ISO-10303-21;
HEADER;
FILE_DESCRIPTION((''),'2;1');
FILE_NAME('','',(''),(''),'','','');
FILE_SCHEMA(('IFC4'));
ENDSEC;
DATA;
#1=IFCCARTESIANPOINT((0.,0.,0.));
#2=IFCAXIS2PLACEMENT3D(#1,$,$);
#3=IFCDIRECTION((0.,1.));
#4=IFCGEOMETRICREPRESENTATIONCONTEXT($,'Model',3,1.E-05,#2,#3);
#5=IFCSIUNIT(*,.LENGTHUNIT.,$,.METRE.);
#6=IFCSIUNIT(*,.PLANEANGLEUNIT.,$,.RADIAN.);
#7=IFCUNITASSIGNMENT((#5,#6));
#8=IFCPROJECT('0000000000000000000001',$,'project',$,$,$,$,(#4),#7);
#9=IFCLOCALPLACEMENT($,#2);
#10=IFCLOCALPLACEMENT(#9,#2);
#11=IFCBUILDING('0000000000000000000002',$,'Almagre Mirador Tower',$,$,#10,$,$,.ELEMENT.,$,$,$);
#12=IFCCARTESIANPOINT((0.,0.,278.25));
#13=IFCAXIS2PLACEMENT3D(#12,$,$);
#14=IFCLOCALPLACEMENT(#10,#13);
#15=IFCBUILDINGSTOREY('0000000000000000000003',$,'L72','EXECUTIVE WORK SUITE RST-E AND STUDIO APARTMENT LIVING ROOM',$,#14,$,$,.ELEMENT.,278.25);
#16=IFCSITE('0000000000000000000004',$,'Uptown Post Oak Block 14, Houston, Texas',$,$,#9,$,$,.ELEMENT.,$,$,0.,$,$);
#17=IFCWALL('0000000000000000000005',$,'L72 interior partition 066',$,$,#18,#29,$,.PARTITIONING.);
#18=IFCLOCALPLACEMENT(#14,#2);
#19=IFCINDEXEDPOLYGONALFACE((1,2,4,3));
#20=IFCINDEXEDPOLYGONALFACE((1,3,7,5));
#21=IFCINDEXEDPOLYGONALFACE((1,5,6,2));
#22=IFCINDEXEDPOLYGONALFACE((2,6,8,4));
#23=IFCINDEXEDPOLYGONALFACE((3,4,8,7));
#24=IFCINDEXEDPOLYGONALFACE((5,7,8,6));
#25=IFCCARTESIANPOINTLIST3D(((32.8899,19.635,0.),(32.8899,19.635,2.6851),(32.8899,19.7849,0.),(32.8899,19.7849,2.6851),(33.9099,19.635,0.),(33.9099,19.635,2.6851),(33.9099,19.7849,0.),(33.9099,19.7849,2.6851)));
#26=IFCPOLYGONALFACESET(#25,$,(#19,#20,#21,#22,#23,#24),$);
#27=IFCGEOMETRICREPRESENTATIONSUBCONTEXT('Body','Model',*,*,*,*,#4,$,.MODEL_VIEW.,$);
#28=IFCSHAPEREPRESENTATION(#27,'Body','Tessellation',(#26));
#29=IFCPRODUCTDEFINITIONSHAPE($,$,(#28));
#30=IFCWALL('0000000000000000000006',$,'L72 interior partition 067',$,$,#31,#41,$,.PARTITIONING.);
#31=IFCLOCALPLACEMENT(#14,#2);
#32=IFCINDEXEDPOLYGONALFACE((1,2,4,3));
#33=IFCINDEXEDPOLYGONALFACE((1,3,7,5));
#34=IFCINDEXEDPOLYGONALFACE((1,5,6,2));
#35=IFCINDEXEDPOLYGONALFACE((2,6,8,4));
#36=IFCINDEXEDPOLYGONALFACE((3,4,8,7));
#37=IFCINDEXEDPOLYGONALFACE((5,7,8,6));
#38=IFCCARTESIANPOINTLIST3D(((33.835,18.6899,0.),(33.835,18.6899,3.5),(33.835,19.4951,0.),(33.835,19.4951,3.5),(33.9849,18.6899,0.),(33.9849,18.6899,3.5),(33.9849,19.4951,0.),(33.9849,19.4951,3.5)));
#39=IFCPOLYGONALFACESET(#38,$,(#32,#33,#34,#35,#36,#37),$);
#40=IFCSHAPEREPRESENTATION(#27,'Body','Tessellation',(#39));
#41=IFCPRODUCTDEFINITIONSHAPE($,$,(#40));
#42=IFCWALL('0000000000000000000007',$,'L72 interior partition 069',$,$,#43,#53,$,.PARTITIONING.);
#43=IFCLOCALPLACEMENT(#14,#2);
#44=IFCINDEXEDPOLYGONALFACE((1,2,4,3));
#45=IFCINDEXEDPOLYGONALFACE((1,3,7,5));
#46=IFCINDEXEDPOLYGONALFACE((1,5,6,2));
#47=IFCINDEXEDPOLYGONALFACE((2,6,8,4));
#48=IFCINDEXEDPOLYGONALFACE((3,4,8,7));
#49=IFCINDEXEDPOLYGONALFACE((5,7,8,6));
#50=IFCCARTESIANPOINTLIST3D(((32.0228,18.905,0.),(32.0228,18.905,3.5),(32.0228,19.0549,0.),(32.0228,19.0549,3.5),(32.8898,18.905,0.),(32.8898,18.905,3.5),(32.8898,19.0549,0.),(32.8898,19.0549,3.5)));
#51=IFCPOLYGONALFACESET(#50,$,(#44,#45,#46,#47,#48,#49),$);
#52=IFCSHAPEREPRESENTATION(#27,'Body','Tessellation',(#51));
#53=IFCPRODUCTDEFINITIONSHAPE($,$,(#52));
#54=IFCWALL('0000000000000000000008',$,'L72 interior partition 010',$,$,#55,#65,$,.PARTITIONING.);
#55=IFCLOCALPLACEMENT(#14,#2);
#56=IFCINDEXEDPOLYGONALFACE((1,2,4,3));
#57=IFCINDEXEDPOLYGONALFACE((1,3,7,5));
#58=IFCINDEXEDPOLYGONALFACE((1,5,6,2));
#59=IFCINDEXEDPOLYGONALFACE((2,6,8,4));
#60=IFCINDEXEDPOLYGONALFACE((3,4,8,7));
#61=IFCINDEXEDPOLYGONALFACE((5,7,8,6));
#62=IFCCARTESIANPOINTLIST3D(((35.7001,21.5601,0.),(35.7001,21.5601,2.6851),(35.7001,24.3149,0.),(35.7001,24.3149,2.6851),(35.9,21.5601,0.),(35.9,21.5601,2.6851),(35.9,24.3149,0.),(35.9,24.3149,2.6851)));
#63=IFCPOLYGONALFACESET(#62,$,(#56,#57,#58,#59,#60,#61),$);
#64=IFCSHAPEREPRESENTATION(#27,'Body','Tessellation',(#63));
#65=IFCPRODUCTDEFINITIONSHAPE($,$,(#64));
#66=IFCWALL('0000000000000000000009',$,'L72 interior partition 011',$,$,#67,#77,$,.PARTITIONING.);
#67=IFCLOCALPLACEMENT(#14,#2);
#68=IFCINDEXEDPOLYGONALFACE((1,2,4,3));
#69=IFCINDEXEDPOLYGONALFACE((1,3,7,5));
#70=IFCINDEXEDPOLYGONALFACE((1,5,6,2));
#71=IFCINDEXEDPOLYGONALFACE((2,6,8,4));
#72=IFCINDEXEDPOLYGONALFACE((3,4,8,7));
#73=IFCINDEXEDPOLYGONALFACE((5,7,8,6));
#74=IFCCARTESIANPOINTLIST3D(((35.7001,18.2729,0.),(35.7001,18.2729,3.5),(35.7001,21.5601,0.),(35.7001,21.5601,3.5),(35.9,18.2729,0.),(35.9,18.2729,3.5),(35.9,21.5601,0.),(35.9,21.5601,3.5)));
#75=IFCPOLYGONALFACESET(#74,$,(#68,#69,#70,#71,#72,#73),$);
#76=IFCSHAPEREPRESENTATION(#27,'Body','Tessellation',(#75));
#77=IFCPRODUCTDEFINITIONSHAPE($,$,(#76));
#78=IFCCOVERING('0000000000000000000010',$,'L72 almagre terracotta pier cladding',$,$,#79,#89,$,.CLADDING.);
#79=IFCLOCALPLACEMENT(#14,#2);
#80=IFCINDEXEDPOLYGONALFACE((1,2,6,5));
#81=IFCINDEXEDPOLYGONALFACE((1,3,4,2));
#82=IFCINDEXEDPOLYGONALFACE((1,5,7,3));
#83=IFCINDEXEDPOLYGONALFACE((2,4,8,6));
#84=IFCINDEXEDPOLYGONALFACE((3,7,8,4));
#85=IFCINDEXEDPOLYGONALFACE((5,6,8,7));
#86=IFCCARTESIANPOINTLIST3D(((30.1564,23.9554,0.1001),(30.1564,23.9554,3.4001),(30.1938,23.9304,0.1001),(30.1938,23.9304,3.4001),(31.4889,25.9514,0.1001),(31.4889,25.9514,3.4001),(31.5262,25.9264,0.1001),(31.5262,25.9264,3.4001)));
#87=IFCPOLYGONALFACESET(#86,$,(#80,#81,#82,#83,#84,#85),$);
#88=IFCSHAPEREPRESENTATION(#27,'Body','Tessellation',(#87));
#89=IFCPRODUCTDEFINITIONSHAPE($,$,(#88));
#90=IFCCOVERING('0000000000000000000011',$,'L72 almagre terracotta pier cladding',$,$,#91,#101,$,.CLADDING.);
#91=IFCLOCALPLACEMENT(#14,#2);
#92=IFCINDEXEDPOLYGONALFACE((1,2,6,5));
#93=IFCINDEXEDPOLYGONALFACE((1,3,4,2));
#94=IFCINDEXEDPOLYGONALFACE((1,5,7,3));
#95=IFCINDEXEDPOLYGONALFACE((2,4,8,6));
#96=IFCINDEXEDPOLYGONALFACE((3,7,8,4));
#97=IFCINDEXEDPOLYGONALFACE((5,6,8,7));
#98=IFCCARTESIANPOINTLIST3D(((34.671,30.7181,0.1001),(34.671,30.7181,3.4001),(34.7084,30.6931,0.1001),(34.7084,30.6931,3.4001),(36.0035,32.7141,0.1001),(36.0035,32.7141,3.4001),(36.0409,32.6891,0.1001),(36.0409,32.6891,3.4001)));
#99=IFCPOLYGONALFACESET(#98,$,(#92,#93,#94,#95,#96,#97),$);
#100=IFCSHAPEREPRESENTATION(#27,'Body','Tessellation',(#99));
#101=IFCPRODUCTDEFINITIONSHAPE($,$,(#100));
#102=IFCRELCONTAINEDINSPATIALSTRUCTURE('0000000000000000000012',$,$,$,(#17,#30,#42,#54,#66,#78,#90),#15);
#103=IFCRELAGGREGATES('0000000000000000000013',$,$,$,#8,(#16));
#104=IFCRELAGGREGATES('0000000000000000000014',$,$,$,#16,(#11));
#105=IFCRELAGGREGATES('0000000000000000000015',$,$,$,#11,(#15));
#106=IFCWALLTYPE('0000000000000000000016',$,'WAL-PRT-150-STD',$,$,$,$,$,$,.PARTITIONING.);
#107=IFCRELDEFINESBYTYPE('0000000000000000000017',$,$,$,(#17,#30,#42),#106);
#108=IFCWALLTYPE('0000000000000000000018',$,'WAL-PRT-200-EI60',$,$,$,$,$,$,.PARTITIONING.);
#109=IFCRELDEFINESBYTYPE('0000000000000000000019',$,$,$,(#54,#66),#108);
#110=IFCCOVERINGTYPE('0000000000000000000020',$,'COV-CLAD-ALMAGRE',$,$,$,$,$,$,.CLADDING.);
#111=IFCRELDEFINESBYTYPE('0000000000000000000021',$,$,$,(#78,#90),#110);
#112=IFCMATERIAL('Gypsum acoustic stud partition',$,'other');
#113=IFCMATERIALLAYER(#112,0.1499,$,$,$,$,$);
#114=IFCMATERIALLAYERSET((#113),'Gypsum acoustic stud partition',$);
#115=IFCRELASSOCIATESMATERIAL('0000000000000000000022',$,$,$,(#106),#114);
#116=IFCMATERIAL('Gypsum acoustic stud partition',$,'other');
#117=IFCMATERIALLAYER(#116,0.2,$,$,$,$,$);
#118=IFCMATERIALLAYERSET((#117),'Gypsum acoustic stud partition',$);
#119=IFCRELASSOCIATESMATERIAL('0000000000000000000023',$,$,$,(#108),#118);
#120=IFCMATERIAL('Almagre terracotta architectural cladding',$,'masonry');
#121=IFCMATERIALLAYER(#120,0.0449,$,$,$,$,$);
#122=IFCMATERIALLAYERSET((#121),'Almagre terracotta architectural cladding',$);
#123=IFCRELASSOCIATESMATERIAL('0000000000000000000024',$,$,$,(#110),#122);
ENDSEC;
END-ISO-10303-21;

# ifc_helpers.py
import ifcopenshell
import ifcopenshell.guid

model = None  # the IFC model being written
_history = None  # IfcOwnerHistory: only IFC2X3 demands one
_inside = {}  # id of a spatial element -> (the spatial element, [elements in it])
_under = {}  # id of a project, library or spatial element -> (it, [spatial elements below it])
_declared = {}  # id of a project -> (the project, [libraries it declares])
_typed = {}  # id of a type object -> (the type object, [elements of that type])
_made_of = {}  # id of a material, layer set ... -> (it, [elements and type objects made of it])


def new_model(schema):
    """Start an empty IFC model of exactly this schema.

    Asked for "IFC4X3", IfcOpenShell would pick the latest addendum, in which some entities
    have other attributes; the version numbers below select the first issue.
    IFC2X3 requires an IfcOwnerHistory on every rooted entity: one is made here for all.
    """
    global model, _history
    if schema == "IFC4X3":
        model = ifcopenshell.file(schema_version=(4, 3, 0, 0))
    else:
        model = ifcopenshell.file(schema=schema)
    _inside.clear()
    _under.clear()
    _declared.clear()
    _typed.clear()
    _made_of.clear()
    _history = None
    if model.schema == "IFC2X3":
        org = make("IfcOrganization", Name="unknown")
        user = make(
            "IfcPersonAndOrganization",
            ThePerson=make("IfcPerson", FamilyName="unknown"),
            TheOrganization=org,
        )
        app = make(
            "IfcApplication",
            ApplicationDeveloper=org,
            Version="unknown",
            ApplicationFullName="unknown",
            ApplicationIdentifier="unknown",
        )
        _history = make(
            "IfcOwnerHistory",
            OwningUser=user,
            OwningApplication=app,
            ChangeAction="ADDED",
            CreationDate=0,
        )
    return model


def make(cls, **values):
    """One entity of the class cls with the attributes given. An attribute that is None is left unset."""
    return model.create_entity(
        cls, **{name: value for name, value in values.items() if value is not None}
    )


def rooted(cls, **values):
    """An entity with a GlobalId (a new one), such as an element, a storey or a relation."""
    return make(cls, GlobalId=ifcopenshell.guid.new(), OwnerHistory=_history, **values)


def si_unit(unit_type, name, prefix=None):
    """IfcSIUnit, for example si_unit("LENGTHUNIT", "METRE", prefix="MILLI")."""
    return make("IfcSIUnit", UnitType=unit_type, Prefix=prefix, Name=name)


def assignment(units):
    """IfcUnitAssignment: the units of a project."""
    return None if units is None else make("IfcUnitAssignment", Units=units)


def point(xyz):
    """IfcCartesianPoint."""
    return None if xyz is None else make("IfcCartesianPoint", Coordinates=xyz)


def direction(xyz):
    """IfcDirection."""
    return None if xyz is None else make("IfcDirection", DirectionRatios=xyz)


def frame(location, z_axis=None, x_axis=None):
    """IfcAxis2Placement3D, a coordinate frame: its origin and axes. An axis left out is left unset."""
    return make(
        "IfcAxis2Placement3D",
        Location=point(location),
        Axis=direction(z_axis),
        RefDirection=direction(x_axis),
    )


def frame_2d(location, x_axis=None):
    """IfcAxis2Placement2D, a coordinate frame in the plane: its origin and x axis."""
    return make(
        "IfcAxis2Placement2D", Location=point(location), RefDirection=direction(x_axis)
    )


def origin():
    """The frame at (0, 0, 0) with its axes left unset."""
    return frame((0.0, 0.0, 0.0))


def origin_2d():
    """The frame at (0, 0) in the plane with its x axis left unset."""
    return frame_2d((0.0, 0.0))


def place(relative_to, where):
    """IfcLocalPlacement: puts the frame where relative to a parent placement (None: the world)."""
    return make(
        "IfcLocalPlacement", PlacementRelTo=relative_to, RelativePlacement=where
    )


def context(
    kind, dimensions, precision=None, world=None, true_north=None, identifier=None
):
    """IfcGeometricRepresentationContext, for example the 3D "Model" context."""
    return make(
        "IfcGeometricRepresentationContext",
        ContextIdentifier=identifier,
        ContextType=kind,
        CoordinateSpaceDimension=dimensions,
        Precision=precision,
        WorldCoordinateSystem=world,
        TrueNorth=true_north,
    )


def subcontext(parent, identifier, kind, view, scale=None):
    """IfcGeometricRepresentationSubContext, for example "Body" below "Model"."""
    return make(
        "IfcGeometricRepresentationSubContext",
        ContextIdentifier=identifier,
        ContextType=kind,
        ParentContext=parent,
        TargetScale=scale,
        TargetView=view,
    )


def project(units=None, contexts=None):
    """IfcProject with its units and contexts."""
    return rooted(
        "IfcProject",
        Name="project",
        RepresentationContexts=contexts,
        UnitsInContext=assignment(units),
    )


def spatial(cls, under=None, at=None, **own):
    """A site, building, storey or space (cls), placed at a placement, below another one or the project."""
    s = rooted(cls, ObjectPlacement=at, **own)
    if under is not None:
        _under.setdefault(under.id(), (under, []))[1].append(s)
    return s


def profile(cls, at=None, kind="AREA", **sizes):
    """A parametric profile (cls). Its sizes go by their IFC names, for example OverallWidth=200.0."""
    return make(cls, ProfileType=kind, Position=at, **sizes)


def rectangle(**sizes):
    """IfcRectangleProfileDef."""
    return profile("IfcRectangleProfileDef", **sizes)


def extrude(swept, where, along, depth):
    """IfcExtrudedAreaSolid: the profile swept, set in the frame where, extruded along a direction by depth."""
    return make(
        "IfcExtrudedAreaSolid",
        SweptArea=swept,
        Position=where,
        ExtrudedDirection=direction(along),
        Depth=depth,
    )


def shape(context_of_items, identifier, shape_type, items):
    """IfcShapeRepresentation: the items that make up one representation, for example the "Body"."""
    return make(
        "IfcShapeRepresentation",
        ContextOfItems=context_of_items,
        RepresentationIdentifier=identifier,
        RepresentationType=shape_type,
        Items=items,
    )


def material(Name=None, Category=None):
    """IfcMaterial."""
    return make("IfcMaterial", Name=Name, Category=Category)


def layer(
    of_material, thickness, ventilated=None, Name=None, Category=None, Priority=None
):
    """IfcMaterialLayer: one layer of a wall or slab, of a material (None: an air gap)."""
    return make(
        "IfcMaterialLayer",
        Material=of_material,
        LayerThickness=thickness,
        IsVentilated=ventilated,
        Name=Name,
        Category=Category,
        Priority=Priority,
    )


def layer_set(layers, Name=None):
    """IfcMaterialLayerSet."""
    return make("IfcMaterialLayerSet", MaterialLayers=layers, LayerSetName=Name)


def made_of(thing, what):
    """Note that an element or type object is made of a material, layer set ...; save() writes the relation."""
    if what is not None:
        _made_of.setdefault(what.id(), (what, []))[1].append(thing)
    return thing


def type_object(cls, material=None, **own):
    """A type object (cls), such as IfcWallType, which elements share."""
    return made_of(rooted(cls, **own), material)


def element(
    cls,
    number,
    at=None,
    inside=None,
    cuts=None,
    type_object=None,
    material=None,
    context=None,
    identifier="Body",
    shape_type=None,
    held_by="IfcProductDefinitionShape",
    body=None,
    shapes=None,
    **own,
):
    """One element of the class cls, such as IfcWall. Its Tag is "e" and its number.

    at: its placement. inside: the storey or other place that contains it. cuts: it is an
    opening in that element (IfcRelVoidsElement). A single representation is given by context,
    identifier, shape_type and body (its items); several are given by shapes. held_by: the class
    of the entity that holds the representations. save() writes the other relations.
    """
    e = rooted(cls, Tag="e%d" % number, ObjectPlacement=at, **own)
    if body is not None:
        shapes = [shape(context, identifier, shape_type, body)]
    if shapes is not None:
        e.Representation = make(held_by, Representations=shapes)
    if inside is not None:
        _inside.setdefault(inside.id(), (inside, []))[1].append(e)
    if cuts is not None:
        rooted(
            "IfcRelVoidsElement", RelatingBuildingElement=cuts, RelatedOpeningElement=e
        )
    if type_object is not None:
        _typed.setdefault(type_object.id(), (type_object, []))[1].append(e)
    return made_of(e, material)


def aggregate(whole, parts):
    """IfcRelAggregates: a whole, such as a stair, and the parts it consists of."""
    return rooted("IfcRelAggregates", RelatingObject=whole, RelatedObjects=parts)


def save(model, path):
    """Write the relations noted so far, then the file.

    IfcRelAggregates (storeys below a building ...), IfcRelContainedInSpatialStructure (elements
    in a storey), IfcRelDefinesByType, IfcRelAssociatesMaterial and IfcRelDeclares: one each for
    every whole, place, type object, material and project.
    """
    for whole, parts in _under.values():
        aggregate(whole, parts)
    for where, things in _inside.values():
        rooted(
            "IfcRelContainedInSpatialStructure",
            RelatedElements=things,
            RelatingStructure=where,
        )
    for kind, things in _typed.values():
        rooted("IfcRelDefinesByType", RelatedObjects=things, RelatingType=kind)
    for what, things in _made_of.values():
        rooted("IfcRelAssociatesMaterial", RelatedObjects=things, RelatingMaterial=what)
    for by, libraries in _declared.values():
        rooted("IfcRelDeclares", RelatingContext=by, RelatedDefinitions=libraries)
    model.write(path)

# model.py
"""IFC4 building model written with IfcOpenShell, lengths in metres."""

from ifc_helpers import new_model, si_unit, direction, frame, frame_2d, origin, origin_2d, place, context, subcontext, project, spatial, rectangle, extrude, material, layer, layer_set, type_object, element, save


model = new_model("IFC4")

# Units and contexts
model_context = context("Model", 3, precision=1e-05, world=origin(), true_north=direction((0.0, 1.0)))
body_context = subcontext(model_context, "Body", "Model", "MODEL_VIEW")
ifc_project = project(units=[si_unit("LENGTHUNIT", "METRE"), si_unit("PLANEANGLEUNIT", "RADIAN")], contexts=[model_context])

# Site, building, storey
site_placement = place(None, origin())
site = spatial("IfcSite", under=ifc_project, at=site_placement, Name="Uptown Post Oak Block 14, Houston, Texas", CompositionType="ELEMENT", RefElevation=0.0)
building_placement = place(site_placement, origin())
building = spatial("IfcBuilding", under=site, at=building_placement, Name="Almagre Mirador Tower", CompositionType="ELEMENT")
storey_placement = place(building_placement, frame((0.0, 0.0, 278.25)))
storey = spatial("IfcBuildingStorey", under=building, at=storey_placement, Name="L72", Description="EXECUTIVE WORK SUITE RST-E AND STUDIO APARTMENT LIVING ROOM", CompositionType="ELEMENT", Elevation=278.25)

# Shared definitions
ifc_material_1 = material(Name="Gypsum acoustic stud partition", Category="other")
ifc_layer_1 = layer(ifc_material_1, 0.1499)
ifc_layer_set_1 = layer_set([ifc_layer_1], Name="Gypsum acoustic stud partition")
wall_type_1 = type_object("IfcWallType", Name="WAL-PRT-150-STD", PredefinedType="PARTITIONING", material=ifc_layer_set_1)

# Walls
wall_1_placement = place(storey_placement, frame((32.8899, 19.71, 0.0), z_axis=(0.0, 0.0, 1.0), x_axis=(1.0, 0.0, 0.0)))
element("IfcWall", 1, at=wall_1_placement, inside=storey, type_object=wall_type_1, Name="L72 interior partition 066", PredefinedType="PARTITIONING", context=body_context, shape_type="SweptSolid", body=[
    extrude(rectangle(XDim=1.02, YDim=0.1499, at=frame_2d((0.51, 0.0))), origin(), (0.0, 0.0, 1.0), 2.6851),
])
wall_2_placement = place(storey_placement, frame((33.9099, 19.4951, 0.0), z_axis=(0.0, 0.0, 1.0), x_axis=(0.0, -1.0, 0.0)))
element("IfcWall", 2, at=wall_2_placement, inside=storey, type_object=wall_type_1, Name="L72 interior partition 067", PredefinedType="PARTITIONING", context=body_context, shape_type="SweptSolid", body=[
    extrude(rectangle(XDim=0.8052, YDim=0.1499, at=frame_2d((0.4026, 0.0))), origin(), (0.0, 0.0, 1.0), 3.5),
])
wall_3_placement = place(storey_placement, frame((32.8899, 18.98, 0.0), z_axis=(0.0, 0.0, 1.0), x_axis=(-1.0, 0.0, 0.0)))
element("IfcWall", 3, at=wall_3_placement, inside=storey, type_object=wall_type_1, Name="L72 interior partition 069", PredefinedType="PARTITIONING", context=body_context, shape_type="SweptSolid", body=[
    extrude(rectangle(XDim=0.8669, YDim=0.1499, at=frame_2d((0.4336, 0.0))), origin(), (0.0, 0.0, 1.0), 3.5),
])
ifc_material_2 = material(Name="Gypsum acoustic stud partition", Category="other")
ifc_layer_2 = layer(ifc_material_2, 0.2)
ifc_layer_set_2 = layer_set([ifc_layer_2], Name="Gypsum acoustic stud partition")
wall_type_2 = type_object("IfcWallType", Name="WAL-PRT-200-EI60", PredefinedType="PARTITIONING", material=ifc_layer_set_2)
wall_4_placement = place(storey_placement, frame((35.8, 24.3149, 0.0), z_axis=(0.0, 0.0, 1.0), x_axis=(0.0, -1.0, 0.0)))
element("IfcWall", 4, at=wall_4_placement, inside=storey, type_object=wall_type_2, Name="L72 interior partition 010", PredefinedType="PARTITIONING", context=body_context, shape_type="SweptSolid", body=[
    extrude(rectangle(XDim=2.7549, YDim=0.2, at=frame_2d((1.3774, 0.0))), origin(), (0.0, 0.0, 1.0), 2.6851),
])
wall_5_placement = place(storey_placement, frame((35.8, 21.5601, 0.0), z_axis=(0.0, 0.0, 1.0), x_axis=(0.0, -1.0, 0.0)))
element("IfcWall", 5, at=wall_5_placement, inside=storey, type_object=wall_type_2, Name="L72 interior partition 011", PredefinedType="PARTITIONING", context=body_context, shape_type="SweptSolid", body=[
    extrude(rectangle(XDim=3.2871, YDim=0.2, at=frame_2d((1.6436, 0.0))), origin(), (0.0, 0.0, 1.0), 3.5),
])

# Coverings
ifc_material_3 = material(Name="Almagre terracotta architectural cladding", Category="masonry")
ifc_layer_3 = layer(ifc_material_3, 0.0449)
ifc_layer_set_3 = layer_set([ifc_layer_3], Name="Almagre terracotta architectural cladding")
covering_type = type_object("IfcCoveringType", Name="COV-CLAD-ALMAGRE", PredefinedType="CLADDING", material=ifc_layer_set_3)
for number, where, z_axis, x_axis, name in (
    (6, (30.8413, 24.9409, 0.1001), (0.0, 0.0, 1.0), (0.555222, 0.831702, 0.0), "L72 almagre terracotta pier cladding"),
    (7, (35.356, 31.7036, 0.1001), (0.0, 0.0, 1.0), (0.555222, 0.831702, 0.0), "L72 almagre terracotta pier cladding"),
):
    element("IfcCovering", number, at=place(storey_placement, frame(where, z_axis=z_axis, x_axis=x_axis)), inside=storey, type_object=covering_type, Name=name, PredefinedType="CLADDING", context=body_context, shape_type="SweptSolid", body=[
        extrude(rectangle(XDim=2.3999, YDim=0.0449, at=origin_2d()), origin(), (0.0, 0.0, 1.0), 3.3),
    ])

save(model, "model.ifc")
